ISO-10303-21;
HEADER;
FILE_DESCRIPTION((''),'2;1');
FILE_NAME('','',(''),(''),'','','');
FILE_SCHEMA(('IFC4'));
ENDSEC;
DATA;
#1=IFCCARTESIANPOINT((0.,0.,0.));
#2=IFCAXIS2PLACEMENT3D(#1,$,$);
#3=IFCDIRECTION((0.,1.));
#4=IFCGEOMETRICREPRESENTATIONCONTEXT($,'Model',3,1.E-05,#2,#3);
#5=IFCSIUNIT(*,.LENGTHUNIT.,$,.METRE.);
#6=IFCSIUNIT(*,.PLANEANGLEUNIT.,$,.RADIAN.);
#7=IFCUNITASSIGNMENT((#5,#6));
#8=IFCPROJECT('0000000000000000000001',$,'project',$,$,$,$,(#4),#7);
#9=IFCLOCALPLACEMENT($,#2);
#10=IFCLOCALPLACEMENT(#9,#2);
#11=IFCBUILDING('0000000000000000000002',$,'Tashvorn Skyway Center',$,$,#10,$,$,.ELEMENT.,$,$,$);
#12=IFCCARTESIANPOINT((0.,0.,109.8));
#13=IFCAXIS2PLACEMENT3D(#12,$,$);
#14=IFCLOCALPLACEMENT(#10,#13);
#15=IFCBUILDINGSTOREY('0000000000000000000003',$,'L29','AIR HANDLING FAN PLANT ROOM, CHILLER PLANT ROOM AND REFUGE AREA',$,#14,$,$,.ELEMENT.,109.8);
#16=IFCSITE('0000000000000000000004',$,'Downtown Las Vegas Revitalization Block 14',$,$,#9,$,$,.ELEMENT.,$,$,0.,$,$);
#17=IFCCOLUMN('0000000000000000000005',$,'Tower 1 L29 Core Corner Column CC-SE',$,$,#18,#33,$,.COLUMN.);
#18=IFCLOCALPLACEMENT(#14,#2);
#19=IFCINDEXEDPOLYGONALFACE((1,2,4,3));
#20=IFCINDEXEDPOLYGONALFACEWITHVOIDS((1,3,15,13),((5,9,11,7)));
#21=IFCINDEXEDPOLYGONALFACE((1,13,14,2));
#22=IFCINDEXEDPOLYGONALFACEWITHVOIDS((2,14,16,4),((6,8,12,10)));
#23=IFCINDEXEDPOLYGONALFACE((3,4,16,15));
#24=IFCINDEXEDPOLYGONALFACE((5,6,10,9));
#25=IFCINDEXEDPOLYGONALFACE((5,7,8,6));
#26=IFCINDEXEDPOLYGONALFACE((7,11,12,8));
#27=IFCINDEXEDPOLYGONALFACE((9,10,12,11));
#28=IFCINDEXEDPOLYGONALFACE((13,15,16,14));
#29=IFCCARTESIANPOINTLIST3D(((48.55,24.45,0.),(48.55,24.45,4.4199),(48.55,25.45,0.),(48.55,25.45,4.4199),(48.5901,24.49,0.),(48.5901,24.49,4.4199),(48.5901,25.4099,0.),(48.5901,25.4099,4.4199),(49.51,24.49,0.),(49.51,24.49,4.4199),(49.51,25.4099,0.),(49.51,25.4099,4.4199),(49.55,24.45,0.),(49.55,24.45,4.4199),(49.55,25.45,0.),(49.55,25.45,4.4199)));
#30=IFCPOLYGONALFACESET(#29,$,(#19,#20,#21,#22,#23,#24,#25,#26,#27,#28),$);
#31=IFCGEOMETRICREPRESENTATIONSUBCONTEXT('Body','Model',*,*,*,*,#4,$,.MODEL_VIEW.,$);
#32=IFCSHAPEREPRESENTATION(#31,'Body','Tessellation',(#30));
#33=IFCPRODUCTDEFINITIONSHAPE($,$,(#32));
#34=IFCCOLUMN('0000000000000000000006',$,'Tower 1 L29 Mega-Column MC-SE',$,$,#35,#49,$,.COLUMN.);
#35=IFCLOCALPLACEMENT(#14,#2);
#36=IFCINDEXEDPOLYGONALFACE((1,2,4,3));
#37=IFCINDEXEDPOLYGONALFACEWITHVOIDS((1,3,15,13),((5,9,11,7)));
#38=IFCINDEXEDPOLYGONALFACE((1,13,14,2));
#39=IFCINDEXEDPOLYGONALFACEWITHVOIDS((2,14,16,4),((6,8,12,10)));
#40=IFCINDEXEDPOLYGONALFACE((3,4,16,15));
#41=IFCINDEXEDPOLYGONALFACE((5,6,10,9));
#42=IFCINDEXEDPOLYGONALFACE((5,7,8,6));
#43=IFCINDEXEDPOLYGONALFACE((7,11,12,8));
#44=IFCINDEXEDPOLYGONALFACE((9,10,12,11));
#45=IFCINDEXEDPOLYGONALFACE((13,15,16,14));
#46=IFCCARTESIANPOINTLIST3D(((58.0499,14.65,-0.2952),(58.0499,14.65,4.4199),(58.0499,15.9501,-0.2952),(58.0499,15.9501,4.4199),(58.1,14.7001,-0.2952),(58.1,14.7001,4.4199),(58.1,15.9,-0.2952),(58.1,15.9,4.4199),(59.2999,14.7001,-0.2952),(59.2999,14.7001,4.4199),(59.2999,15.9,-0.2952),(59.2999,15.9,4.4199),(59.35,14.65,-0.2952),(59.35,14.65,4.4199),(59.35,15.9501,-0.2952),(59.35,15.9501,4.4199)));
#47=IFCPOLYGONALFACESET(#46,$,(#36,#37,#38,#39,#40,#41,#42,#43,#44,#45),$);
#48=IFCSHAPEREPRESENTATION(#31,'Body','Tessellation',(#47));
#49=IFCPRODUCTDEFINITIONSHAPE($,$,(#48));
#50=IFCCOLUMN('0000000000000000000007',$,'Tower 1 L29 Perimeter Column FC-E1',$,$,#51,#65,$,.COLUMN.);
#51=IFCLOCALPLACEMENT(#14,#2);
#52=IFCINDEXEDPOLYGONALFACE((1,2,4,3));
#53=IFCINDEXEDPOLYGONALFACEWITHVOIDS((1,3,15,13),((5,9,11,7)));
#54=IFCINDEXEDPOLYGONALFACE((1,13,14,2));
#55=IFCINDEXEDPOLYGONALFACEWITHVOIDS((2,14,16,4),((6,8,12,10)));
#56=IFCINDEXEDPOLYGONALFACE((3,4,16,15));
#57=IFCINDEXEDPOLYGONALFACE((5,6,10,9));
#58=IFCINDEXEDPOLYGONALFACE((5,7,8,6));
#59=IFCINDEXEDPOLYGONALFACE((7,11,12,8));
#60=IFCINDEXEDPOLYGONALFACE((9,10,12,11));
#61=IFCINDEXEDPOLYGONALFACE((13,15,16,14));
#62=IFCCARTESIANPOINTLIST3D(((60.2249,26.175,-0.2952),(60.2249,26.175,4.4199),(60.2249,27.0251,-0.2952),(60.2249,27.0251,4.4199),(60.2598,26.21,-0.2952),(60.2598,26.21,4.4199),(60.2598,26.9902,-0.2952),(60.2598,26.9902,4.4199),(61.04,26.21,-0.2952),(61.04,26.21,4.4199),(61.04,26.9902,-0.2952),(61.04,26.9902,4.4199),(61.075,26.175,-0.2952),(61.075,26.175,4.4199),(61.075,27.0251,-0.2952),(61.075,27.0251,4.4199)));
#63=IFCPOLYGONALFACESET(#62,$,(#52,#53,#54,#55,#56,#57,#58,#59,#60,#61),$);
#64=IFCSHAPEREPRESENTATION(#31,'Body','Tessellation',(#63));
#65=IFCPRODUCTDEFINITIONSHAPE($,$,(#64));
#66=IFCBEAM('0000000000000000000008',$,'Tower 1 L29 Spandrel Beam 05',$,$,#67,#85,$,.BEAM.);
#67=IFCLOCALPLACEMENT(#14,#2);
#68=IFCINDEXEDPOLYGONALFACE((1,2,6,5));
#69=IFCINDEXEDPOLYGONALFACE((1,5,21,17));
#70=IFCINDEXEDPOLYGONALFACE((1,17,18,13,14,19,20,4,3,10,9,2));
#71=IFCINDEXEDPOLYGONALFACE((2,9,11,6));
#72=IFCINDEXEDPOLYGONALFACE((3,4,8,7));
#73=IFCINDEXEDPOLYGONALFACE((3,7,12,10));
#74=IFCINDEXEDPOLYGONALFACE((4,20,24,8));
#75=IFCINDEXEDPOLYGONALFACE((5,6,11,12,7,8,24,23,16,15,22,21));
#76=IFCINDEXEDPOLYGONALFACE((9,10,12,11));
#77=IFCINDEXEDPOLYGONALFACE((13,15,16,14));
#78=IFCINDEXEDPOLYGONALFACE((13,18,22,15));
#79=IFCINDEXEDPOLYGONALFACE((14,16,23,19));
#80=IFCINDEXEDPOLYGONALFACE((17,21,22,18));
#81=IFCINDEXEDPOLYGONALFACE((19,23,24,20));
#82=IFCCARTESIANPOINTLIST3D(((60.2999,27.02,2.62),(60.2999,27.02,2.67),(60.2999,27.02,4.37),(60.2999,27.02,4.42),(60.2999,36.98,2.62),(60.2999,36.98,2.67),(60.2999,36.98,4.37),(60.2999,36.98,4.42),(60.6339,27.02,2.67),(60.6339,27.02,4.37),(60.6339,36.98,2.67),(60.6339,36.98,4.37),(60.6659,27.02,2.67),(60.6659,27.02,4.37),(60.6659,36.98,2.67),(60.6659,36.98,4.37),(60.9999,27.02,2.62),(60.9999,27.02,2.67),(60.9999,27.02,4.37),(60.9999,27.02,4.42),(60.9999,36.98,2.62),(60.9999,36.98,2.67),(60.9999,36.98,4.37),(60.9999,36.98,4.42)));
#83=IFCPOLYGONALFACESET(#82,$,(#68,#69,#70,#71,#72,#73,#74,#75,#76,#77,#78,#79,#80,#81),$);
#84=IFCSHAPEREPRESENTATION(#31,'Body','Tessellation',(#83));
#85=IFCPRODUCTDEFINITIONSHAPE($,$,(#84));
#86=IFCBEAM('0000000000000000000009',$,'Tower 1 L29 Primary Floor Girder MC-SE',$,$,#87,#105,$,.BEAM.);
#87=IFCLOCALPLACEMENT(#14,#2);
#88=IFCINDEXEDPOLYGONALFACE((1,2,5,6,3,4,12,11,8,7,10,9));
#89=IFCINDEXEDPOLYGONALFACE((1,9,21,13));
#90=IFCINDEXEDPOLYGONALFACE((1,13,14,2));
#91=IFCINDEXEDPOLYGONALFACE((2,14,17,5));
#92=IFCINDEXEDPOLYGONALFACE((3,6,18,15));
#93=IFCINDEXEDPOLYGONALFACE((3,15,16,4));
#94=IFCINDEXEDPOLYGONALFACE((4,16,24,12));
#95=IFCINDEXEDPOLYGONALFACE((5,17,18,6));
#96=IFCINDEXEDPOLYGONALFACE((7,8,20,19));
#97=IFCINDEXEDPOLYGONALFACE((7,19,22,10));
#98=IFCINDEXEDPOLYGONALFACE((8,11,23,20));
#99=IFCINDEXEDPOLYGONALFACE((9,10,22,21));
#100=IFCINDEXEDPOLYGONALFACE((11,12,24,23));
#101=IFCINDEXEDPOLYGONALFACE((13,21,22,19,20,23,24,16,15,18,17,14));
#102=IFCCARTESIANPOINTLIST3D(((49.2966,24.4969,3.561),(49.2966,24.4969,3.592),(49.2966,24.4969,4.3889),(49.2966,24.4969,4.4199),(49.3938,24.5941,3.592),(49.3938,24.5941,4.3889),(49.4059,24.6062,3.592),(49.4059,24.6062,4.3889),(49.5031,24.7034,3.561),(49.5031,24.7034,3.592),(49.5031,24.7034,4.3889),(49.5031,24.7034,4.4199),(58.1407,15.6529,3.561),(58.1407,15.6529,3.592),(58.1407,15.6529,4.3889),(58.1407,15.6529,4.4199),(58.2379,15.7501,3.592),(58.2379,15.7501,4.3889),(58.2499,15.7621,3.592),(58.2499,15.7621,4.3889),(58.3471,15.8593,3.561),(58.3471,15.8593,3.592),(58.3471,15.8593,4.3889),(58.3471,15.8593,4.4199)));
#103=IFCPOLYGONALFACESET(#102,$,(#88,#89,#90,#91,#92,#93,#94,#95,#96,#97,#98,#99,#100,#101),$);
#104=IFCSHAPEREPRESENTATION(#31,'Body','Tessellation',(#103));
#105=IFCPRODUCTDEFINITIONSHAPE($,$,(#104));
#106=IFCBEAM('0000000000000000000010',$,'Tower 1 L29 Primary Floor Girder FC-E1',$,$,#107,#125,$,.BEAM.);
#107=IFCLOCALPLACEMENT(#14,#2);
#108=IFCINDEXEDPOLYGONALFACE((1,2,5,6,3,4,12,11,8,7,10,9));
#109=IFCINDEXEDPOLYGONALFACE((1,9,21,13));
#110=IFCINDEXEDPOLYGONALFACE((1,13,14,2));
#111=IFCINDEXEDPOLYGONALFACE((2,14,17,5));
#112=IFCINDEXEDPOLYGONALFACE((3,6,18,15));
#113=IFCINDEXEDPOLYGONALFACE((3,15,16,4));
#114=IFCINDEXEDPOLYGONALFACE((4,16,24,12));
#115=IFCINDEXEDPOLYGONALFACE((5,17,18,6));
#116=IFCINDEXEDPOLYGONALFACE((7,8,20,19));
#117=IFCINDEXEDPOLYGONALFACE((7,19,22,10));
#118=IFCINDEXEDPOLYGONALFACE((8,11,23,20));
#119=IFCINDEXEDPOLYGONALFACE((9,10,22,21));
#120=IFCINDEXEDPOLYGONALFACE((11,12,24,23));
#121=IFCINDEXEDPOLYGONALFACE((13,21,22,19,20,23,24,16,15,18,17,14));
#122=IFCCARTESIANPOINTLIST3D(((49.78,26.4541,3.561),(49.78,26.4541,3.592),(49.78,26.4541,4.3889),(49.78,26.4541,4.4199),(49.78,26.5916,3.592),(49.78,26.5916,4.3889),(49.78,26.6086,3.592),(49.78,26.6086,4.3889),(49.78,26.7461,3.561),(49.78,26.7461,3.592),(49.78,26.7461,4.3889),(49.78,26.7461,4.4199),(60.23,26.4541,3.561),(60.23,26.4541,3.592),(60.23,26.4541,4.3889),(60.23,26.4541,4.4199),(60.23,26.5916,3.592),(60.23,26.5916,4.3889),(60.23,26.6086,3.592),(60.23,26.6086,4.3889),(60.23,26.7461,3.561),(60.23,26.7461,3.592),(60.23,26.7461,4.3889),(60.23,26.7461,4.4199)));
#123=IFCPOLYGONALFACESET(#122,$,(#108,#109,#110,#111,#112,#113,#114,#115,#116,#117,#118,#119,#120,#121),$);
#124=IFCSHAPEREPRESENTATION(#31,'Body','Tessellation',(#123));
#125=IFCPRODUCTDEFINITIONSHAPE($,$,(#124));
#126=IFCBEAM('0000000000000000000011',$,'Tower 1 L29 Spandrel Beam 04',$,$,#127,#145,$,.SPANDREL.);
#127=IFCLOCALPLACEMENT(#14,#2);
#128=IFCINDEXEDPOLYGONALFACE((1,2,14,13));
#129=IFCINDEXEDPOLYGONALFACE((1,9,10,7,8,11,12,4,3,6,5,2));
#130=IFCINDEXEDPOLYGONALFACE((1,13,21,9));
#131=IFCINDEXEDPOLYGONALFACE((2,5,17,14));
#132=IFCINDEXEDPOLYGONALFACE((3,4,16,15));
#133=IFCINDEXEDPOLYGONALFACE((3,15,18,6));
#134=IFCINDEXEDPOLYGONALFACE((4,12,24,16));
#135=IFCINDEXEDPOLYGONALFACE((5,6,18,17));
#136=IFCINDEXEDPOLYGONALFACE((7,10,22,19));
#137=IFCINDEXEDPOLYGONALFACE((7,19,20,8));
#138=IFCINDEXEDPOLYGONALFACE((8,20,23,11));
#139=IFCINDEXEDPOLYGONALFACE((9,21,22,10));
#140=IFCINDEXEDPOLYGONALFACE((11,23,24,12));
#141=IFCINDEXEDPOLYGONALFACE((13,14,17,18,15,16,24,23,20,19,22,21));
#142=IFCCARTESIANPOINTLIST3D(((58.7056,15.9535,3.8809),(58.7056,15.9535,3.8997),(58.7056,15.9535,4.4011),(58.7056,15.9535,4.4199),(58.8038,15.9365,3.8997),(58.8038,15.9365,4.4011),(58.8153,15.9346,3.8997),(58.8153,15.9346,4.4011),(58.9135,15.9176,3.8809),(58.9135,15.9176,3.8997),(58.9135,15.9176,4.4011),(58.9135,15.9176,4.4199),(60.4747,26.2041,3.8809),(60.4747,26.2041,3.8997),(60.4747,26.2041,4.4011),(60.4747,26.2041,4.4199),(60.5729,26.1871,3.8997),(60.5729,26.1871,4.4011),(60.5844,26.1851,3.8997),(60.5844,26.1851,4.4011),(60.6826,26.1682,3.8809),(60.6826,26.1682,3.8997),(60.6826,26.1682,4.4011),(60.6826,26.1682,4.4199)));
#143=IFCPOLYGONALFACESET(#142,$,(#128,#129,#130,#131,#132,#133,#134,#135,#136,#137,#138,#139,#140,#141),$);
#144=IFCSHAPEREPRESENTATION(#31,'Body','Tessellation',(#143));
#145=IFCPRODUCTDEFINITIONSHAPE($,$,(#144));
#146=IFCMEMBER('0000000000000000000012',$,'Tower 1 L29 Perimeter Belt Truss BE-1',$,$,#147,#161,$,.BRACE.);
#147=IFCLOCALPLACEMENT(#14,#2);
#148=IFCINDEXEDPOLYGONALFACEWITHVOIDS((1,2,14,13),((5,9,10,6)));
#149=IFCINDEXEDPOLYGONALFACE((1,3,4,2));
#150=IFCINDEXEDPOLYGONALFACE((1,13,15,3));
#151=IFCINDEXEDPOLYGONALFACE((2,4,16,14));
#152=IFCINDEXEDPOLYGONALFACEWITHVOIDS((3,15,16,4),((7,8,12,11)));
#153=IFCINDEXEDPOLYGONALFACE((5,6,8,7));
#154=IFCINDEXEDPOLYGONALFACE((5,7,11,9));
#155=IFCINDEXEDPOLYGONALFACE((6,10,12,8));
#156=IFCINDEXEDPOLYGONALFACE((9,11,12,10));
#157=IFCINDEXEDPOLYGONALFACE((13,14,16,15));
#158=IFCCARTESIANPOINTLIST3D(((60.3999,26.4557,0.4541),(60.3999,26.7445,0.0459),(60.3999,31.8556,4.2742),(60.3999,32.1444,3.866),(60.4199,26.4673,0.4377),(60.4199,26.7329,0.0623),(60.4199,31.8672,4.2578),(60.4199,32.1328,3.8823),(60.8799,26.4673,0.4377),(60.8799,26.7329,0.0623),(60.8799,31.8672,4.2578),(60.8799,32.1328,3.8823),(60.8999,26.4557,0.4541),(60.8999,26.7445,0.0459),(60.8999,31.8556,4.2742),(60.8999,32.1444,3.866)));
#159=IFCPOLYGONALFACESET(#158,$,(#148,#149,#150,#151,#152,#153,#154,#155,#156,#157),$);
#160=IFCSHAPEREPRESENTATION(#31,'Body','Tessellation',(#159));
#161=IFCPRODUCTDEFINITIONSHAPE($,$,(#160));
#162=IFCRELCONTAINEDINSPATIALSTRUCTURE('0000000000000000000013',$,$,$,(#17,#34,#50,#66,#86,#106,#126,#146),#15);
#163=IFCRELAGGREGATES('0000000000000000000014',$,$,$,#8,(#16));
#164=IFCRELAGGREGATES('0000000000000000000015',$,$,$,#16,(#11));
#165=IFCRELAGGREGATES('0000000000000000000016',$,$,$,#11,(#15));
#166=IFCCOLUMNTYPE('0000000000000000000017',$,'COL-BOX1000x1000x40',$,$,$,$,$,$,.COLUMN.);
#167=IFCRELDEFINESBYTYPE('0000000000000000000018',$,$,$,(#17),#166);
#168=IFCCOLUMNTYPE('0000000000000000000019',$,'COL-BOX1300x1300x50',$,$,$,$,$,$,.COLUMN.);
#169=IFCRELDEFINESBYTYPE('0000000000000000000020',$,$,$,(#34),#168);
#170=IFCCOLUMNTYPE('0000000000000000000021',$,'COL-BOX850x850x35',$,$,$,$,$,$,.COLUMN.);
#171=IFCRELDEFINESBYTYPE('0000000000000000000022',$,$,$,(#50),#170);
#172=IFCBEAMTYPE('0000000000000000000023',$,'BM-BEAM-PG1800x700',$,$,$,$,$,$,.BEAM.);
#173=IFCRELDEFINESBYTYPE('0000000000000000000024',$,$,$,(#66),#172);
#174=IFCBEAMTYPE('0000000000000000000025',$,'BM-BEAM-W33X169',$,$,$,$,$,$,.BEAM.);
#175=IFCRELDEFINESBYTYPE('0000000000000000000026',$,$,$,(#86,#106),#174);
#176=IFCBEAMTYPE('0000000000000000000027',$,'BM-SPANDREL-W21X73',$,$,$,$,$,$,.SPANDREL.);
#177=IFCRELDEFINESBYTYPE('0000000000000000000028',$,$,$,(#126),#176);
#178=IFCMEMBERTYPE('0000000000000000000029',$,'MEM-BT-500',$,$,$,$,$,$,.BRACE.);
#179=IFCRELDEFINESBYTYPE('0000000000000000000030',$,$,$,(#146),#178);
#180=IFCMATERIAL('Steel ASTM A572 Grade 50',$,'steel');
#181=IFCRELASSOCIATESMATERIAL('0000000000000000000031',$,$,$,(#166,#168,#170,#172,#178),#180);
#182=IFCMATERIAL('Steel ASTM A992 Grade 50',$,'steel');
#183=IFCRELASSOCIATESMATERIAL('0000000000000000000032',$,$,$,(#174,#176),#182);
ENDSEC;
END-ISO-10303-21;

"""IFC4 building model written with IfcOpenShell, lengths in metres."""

from ifc_helpers import new_model, si_unit, direction, frame, origin, origin_2d, place, context, subcontext, project, spatial, hollow_rectangle, i_section, extrude, material, material_profile, profile_set, type_object, element, save


model = new_model("IFC4")

# Units and contexts
model_context = context("Model", 3, precision=1e-05, world=origin(), true_north=direction((0.0, 1.0)))
body_context = subcontext(model_context, "Body", "Model", "MODEL_VIEW")
ifc_project = project(units=[si_unit("LENGTHUNIT", "METRE"), si_unit("PLANEANGLEUNIT", "RADIAN")], contexts=[model_context])

# Site, building, storey
site_placement = place(None, origin())
site = spatial("IfcSite", under=ifc_project, at=site_placement, Name="Downtown Las Vegas Revitalization Block 14", CompositionType="ELEMENT", RefElevation=0.0)
building_placement = place(site_placement, origin())
building = spatial("IfcBuilding", under=site, at=building_placement, Name="Tashvorn Skyway Center", CompositionType="ELEMENT")
storey_placement = place(building_placement, frame((0.0, 0.0, 109.8)))
storey = spatial("IfcBuildingStorey", under=building, at=storey_placement, Name="L29", Description="AIR HANDLING FAN PLANT ROOM, CHILLER PLANT ROOM AND REFUGE AREA", CompositionType="ELEMENT", Elevation=109.8)

# Columns
ifc_material_1 = material(Name="Steel ASTM A572 Grade 50", Category="steel")
ifc_material_profile_1 = material_profile(ifc_material_1, hollow_rectangle(XDim=1.0, YDim=1.0, WallThickness=0.04, at=origin_2d()), Name="BOX1000x1000x40")
ifc_profile_set_1 = profile_set([ifc_material_profile_1], Name="Steel ASTM A572 Grade 50")
column_type_1 = type_object("IfcColumnType", Name="COL-BOX1000x1000x40", PredefinedType="COLUMN", material=ifc_profile_set_1)
column_1_placement = place(storey_placement, frame((49.05, 24.95, 0.0), z_axis=(0.0, 0.0, 1.0), x_axis=(1.0, 0.0, 0.0)))
element("IfcColumn", 1, at=column_1_placement, inside=storey, type_object=column_type_1, Name="Tower 1 L29 Core Corner Column CC-SE", PredefinedType="COLUMN", context=body_context, shape_type="SweptSolid", body=[
    extrude(hollow_rectangle(XDim=1.0, YDim=1.0, WallThickness=0.04, at=origin_2d()), origin(), (0.0, 0.0, 1.0), 4.4199),
])
ifc_material_profile_2 = material_profile(ifc_material_1, hollow_rectangle(XDim=1.3, YDim=1.3, WallThickness=0.05, at=origin_2d()), Name="BOX1300x1300x50")
ifc_profile_set_2 = profile_set([ifc_material_profile_2], Name="Steel ASTM A572 Grade 50")
column_type_2 = type_object("IfcColumnType", Name="COL-BOX1300x1300x50", PredefinedType="COLUMN", material=ifc_profile_set_2)
column_2_placement = place(storey_placement, frame((58.7, 15.3, -0.2952), z_axis=(0.0, 0.0, 1.0), x_axis=(1.0, 0.0, 0.0)))
element("IfcColumn", 2, at=column_2_placement, inside=storey, type_object=column_type_2, Name="Tower 1 L29 Mega-Column MC-SE", PredefinedType="COLUMN", context=body_context, shape_type="SweptSolid", body=[
    extrude(hollow_rectangle(XDim=1.3, YDim=1.3, WallThickness=0.05, at=origin_2d()), origin(), (0.0, 0.0, 1.0), 4.7151),
])
ifc_material_profile_3 = material_profile(ifc_material_1, hollow_rectangle(XDim=0.8501, YDim=0.8501, WallThickness=0.0349, at=origin_2d()), Name="BOX850x850x35")
ifc_profile_set_3 = profile_set([ifc_material_profile_3], Name="Steel ASTM A572 Grade 50")
column_type_3 = type_object("IfcColumnType", Name="COL-BOX850x850x35", PredefinedType="COLUMN", material=ifc_profile_set_3)
column_3_placement = place(storey_placement, frame((60.6499, 26.6001, -0.2952), z_axis=(0.0, 0.0, 1.0), x_axis=(1.0, 0.0, 0.0)))
element("IfcColumn", 3, at=column_3_placement, inside=storey, type_object=column_type_3, Name="Tower 1 L29 Perimeter Column FC-E1", PredefinedType="COLUMN", context=body_context, shape_type="SweptSolid", body=[
    extrude(hollow_rectangle(XDim=0.8501, YDim=0.8501, WallThickness=0.0349, at=origin_2d()), origin(), (0.0, 0.0, 1.0), 4.7151),
])

# Beams
ifc_material_profile_4 = material_profile(ifc_material_1, i_section(OverallWidth=0.7, OverallDepth=1.8, WebThickness=0.032, FlangeThickness=0.05, at=origin_2d()), Name="PG1800x700")
ifc_profile_set_4 = profile_set([ifc_material_profile_4], Name="Steel ASTM A572 Grade 50")
beam_type_1 = type_object("IfcBeamType", Name="BM-BEAM-PG1800x700", PredefinedType="BEAM", material=ifc_profile_set_4)
beam_1_placement = place(storey_placement, frame((60.6499, 27.02, 3.52), z_axis=(0.0, 1.0, 0.0), x_axis=(-1.0, 0.0, 0.0)))
element("IfcBeam", 4, at=beam_1_placement, inside=storey, type_object=beam_type_1, Name="Tower 1 L29 Spandrel Beam 05", PredefinedType="BEAM", context=body_context, shape_type="SweptSolid", body=[
    extrude(i_section(OverallWidth=0.7, OverallDepth=1.8, WebThickness=0.032, FlangeThickness=0.05, at=origin_2d()), origin(), (0.0, 0.0, 1.0), 9.96),
])
ifc_material_2 = material(Name="Steel ASTM A992 Grade 50", Category="steel")
ifc_material_profile_5 = material_profile(ifc_material_2, i_section(OverallWidth=0.292, OverallDepth=0.8589, WebThickness=0.0171, FlangeThickness=0.031, at=origin_2d()), Name="W33X169")
ifc_profile_set_5 = profile_set([ifc_material_profile_5], Name="Steel ASTM A992 Grade 50")
beam_type_2 = type_object("IfcBeamType", Name="BM-BEAM-W33X169", PredefinedType="BEAM", material=ifc_profile_set_5)
beam_2_placement = place(storey_placement, frame((58.2439, 15.7561, 3.9905), z_axis=(-0.707107, 0.707107, 0.0), x_axis=(-0.707107, -0.707107, 0.0)))
element("IfcBeam", 5, at=beam_2_placement, inside=storey, type_object=beam_type_2, Name="Tower 1 L29 Primary Floor Girder MC-SE", PredefinedType="BEAM", context=body_context, shape_type="SweptSolid", body=[
    extrude(i_section(OverallWidth=0.292, OverallDepth=0.8589, WebThickness=0.0171, FlangeThickness=0.031, at=origin_2d()), origin(), (0.0, 0.0, 1.0), 12.5073),
])
beam_3_placement = place(storey_placement, frame((60.23, 26.6001, 3.9905), z_axis=(-1.0, 0.0, 0.0), x_axis=(0.0, -1.0, 0.0)))
element("IfcBeam", 6, at=beam_3_placement, inside=storey, type_object=beam_type_2, Name="Tower 1 L29 Primary Floor Girder FC-E1", PredefinedType="BEAM", context=body_context, shape_type="SweptSolid", body=[
    extrude(i_section(OverallWidth=0.292, OverallDepth=0.8589, WebThickness=0.0171, FlangeThickness=0.031, at=origin_2d()), origin(), (0.0, 0.0, 1.0), 10.45),
])
ifc_material_profile_6 = material_profile(ifc_material_2, i_section(OverallWidth=0.2109, OverallDepth=0.5391, WebThickness=0.0117, FlangeThickness=0.0188, at=origin_2d()), Name="W21X73")
ifc_profile_set_6 = profile_set([ifc_material_profile_6], Name="Steel ASTM A992 Grade 50")
beam_type_3 = type_object("IfcBeamType", Name="BM-SPANDREL-W21X73", PredefinedType="SPANDREL", material=ifc_profile_set_6)
beam_4_placement = place(storey_placement, frame((58.8096, 15.9355, 4.1504), z_axis=(0.170067, 0.985432, 0.0), x_axis=(-0.985432, 0.170067, 0.0)))
element("IfcBeam", 7, at=beam_4_placement, inside=storey, type_object=beam_type_3, Name="Tower 1 L29 Spandrel Beam 04", PredefinedType="SPANDREL", context=body_context, shape_type="SweptSolid", body=[
    extrude(i_section(OverallWidth=0.2109, OverallDepth=0.5391, WebThickness=0.0117, FlangeThickness=0.0188, at=origin_2d()), origin(), (0.0, 0.0, 1.0), 10.4021),
])

# Member
ifc_material_profile_7 = material_profile(ifc_material_1, hollow_rectangle(XDim=0.5, YDim=0.5, WallThickness=0.02, at=origin_2d()), Name="HSS500x500x20")
ifc_profile_set_7 = profile_set([ifc_material_profile_7], Name="Steel ASTM A572 Grade 50")
member_type_1 = type_object("IfcMemberType", Name="MEM-BT-500", PredefinedType="BRACE", material=ifc_profile_set_7)
member_1_placement = place(storey_placement, frame((60.6499, 26.6001, 0.25), z_axis=(0.0, 0.816371, 0.577528), x_axis=(-1.0, 0.0, 0.0)))
element("IfcMember", 8, at=member_1_placement, inside=storey, type_object=member_type_1, Name="Tower 1 L29 Perimeter Belt Truss BE-1", PredefinedType="BRACE", context=body_context, shape_type="SweptSolid", body=[
    extrude(hollow_rectangle(XDim=0.5, YDim=0.5, WallThickness=0.02, at=origin_2d()), origin(), (0.0, 0.0, 1.0), 6.6145),
])

save(model, "model.ifc")
